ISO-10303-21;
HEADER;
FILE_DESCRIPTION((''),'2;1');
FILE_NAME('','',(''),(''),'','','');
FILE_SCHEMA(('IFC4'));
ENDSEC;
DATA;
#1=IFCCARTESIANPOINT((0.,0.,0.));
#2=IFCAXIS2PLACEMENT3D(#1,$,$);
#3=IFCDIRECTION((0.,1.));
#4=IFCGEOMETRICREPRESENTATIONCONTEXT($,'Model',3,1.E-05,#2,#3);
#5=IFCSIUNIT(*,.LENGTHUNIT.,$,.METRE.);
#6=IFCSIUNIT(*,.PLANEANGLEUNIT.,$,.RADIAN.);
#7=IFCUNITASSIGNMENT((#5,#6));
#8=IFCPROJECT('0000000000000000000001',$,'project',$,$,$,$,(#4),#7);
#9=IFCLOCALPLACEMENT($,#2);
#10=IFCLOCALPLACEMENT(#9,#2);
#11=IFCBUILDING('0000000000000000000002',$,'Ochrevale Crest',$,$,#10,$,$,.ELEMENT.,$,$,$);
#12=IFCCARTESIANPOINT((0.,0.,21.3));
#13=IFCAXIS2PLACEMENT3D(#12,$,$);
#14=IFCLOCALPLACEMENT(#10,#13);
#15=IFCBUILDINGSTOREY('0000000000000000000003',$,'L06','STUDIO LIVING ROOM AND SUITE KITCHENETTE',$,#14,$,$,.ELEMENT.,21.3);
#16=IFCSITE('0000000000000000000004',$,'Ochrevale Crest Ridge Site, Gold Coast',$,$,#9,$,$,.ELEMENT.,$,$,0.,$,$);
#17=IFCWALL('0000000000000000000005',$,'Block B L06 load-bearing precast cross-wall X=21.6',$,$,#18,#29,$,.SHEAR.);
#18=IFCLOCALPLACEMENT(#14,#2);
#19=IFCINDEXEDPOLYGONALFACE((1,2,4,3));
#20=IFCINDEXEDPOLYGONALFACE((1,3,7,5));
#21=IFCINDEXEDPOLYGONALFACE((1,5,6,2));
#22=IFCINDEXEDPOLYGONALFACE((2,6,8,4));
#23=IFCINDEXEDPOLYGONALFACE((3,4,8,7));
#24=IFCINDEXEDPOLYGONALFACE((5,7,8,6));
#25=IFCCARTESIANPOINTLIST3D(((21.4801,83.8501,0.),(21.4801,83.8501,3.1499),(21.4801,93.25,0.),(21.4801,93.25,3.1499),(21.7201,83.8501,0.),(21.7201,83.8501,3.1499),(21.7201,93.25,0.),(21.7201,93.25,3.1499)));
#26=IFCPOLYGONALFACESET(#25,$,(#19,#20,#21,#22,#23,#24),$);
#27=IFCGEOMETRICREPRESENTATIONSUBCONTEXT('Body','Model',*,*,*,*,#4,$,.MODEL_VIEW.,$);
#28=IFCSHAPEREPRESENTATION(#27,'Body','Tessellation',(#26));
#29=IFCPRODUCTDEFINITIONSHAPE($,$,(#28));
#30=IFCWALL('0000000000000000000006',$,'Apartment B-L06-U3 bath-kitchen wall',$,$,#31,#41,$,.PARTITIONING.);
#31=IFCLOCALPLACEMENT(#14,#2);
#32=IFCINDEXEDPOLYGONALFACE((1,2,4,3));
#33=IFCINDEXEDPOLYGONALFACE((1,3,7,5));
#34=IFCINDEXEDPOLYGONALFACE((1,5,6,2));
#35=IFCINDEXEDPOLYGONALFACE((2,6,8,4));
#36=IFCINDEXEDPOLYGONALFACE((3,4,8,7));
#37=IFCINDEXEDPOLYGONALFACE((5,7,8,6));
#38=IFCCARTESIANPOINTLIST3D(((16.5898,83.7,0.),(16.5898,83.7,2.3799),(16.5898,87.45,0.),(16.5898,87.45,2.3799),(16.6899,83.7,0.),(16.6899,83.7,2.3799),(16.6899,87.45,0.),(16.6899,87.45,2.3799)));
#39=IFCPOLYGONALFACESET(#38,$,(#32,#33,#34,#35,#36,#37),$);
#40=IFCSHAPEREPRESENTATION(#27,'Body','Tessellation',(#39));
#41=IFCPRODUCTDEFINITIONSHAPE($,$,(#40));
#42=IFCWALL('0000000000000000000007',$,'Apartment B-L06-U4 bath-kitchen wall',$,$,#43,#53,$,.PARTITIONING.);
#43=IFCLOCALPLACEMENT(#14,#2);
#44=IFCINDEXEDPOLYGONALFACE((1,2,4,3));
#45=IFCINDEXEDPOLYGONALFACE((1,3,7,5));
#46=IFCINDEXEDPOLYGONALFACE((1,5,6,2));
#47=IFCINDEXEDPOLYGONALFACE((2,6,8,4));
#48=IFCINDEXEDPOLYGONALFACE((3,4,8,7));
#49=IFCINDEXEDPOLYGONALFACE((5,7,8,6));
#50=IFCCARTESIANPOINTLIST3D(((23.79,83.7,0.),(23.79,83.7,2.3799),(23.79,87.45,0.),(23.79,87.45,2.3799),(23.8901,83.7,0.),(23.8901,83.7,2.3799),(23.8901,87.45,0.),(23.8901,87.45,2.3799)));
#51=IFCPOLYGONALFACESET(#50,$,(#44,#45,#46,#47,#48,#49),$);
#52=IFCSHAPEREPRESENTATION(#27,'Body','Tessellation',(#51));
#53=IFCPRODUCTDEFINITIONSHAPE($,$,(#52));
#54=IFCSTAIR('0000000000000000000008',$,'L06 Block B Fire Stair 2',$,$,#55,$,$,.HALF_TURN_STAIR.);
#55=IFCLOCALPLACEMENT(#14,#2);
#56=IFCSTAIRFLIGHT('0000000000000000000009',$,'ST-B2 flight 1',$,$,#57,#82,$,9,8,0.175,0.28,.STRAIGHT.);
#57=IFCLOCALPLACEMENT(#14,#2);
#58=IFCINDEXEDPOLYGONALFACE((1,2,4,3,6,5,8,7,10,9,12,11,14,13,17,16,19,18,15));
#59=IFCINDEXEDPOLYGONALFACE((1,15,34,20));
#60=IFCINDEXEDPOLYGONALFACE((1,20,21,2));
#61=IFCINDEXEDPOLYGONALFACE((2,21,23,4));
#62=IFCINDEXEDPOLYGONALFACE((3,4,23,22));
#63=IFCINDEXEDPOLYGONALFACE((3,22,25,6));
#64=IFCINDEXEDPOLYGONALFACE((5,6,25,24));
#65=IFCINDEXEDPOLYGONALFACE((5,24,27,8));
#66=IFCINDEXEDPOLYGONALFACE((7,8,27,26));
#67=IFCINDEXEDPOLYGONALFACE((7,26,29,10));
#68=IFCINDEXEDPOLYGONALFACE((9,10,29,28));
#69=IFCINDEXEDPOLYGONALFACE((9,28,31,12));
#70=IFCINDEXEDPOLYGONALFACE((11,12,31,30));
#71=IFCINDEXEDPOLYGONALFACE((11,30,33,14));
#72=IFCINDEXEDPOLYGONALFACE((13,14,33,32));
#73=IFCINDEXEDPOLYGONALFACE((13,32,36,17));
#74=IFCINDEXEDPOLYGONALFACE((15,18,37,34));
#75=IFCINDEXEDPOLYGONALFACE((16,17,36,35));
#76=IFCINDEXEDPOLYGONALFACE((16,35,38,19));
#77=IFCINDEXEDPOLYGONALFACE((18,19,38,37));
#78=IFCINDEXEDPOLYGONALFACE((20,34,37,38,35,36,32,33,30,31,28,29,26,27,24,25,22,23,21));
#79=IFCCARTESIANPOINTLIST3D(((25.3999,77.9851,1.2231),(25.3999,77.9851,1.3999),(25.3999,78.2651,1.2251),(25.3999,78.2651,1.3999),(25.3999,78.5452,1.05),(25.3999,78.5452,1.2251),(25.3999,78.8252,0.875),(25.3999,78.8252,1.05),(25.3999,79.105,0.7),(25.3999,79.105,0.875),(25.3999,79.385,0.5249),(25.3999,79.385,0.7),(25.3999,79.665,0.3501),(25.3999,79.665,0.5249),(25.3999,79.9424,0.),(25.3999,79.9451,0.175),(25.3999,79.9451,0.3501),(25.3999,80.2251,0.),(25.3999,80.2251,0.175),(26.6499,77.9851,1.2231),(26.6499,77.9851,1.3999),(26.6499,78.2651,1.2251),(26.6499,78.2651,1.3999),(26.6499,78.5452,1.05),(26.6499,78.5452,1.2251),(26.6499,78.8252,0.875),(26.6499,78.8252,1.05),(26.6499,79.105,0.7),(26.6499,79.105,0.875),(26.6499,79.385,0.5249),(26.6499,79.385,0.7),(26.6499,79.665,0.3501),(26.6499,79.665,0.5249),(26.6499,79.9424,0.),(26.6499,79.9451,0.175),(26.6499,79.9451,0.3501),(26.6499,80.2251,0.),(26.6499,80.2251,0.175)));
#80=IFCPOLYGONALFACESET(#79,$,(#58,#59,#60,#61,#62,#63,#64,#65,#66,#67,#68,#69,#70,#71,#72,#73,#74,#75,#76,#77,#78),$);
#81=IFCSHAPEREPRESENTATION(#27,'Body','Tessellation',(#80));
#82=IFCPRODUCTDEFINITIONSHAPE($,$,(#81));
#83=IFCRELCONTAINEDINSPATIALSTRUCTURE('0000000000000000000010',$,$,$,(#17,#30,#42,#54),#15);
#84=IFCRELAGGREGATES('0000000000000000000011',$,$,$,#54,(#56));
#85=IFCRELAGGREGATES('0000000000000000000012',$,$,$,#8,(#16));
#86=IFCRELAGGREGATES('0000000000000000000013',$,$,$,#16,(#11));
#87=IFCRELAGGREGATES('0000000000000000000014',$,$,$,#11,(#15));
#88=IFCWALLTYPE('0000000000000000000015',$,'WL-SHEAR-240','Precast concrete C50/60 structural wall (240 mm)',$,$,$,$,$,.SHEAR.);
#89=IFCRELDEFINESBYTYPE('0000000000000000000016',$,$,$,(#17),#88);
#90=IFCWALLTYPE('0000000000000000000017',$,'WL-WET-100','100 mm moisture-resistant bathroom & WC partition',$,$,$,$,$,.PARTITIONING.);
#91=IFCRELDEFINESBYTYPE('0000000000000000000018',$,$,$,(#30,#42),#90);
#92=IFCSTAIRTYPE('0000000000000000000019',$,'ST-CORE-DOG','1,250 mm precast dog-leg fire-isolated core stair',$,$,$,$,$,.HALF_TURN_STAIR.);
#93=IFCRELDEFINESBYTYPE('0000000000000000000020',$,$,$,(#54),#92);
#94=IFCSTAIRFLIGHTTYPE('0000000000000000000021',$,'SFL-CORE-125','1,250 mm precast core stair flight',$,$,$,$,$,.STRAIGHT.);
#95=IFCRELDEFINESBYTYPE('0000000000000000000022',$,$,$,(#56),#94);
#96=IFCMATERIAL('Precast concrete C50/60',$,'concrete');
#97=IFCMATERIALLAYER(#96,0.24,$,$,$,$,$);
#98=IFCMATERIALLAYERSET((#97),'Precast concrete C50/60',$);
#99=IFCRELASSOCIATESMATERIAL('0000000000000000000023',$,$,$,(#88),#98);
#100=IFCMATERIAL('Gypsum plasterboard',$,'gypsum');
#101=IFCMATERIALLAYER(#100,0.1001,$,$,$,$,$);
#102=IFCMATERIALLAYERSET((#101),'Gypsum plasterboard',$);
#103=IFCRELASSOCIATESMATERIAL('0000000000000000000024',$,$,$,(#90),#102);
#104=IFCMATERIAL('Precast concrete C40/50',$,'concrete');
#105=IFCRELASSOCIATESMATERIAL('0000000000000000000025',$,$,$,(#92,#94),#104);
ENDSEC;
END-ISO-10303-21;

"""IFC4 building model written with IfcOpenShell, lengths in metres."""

from ifc_helpers import new_model, si_unit, direction, frame, frame_2d, origin, place, context, subcontext, project, spatial, polyline, rectangle, outline, extrude, material, layer, layer_set, type_object, element, aggregate, save


model = new_model("IFC4")

# Units and contexts
model_context = context("Model", 3, precision=1e-05, world=origin(), true_north=direction((0.0, 1.0)))
body_context = subcontext(model_context, "Body", "Model", "MODEL_VIEW")
ifc_project = project(units=[si_unit("LENGTHUNIT", "METRE"), si_unit("PLANEANGLEUNIT", "RADIAN")], contexts=[model_context])

# Site, building, storey
site_placement = place(None, origin())
site = spatial("IfcSite", under=ifc_project, at=site_placement, Name="Ochrevale Crest Ridge Site, Gold Coast", CompositionType="ELEMENT", RefElevation=0.0)
building_placement = place(site_placement, origin())
building = spatial("IfcBuilding", under=site, at=building_placement, Name="Ochrevale Crest", CompositionType="ELEMENT")
storey_placement = place(building_placement, frame((0.0, 0.0, 21.3)))
storey = spatial("IfcBuildingStorey", under=building, at=storey_placement, Name="L06", Description="STUDIO LIVING ROOM AND SUITE KITCHENETTE", CompositionType="ELEMENT", Elevation=21.3)

# Shared definitions
ifc_material_1 = material(Name="Precast concrete C50/60", Category="concrete")

# Shared definitions
ifc_material_2 = material(Name="Gypsum plasterboard", Category="gypsum")

# Walls
ifc_layer_1 = layer(ifc_material_1, 0.24)
ifc_layer_set_1 = layer_set([ifc_layer_1], Name="Precast concrete C50/60")
wall_type_1 = type_object("IfcWallType", Name="WL-SHEAR-240", Description="Precast concrete C50/60 structural wall (240 mm)", PredefinedType="SHEAR", material=ifc_layer_set_1)
wall_1_placement = place(storey_placement, frame((21.6001, 83.8501, 0.0), z_axis=(0.0, 0.0, 1.0), x_axis=(0.0, 1.0, 0.0)))
element("IfcWall", 1, at=wall_1_placement, inside=storey, type_object=wall_type_1, Name="Block B L06 load-bearing precast cross-wall X=21.6", PredefinedType="SHEAR", context=body_context, shape_type="SweptSolid", body=[
    extrude(rectangle(XDim=9.3999, YDim=0.24, at=frame_2d((4.7, 0.0))), origin(), (0.0, 0.0, 1.0), 3.1499),
])
ifc_layer_2 = layer(ifc_material_2, 0.1001)
ifc_layer_set_2 = layer_set([ifc_layer_2], Name="Gypsum plasterboard")
wall_type_2 = type_object("IfcWallType", Name="WL-WET-100", Description="100 mm moisture-resistant bathroom & WC partition", PredefinedType="PARTITIONING", material=ifc_layer_set_2)
for number, where, z_axis, x_axis, name in (
    (2, (16.6399, 83.7, 0.0), (0.0, 0.0, 1.0), (0.0, 1.0, 0.0), "Apartment B-L06-U3 bath-kitchen wall"),
    (3, (23.8401, 83.7, 0.0), (0.0, 0.0, 1.0), (0.0, 1.0, 0.0), "Apartment B-L06-U4 bath-kitchen wall"),
):
    element("IfcWall", number, at=place(storey_placement, frame(where, z_axis=z_axis, x_axis=x_axis)), inside=storey, type_object=wall_type_2, Name=name, PredefinedType="PARTITIONING", context=body_context, shape_type="SweptSolid", body=[
        extrude(rectangle(XDim=3.75, YDim=0.1001, at=frame_2d((1.875, 0.0))), origin(), (0.0, 0.0, 1.0), 2.3799),
    ])

# Stair, stair flight
ifc_material_3 = material(Name="Precast concrete C40/50", Category="concrete")
stair_type = type_object("IfcStairType", Name="ST-CORE-DOG", Description="1,250 mm precast dog-leg fire-isolated core stair", PredefinedType="HALF_TURN_STAIR", material=ifc_material_3)
stair_placement = place(storey_placement, origin())
stair = element("IfcStair", 4, at=stair_placement, inside=storey, type_object=stair_type, Name="L06 Block B Fire Stair 2", PredefinedType="HALF_TURN_STAIR")
stair_flight_type = type_object("IfcStairFlightType", Name="SFL-CORE-125", Description="1,250 mm precast core stair flight", PredefinedType="STRAIGHT", material=ifc_material_3)
stair_flight_placement = place(storey_placement, frame((26.0249, 80.2251, 0.0), z_axis=(0.0, 0.0, 1.0), x_axis=(0.0, -1.0, 0.0)))
stair_flight = element("IfcStairFlight", 5, at=stair_flight_placement, type_object=stair_flight_type, Name="ST-B2 flight 1", NumberOfRisers=9, NumberOfTreads=8, PredefinedType="STRAIGHT", RiserHeight=0.175, TreadLength=0.28, context=body_context, shape_type="SweptSolid", body=[
    extrude(outline(polyline([(0.0, 0.0), (0.0, 0.175), (0.28, 0.175), (0.28, 0.3501), (0.5601, 0.3501), (0.5601, 0.5249), (0.8401, 0.5249), (0.8401, 0.7), (1.1201, 0.7), (1.1201, 0.875), (1.3999, 0.875), (1.3999, 1.05), (1.6799, 1.05), (1.6799, 1.2251), (1.96, 1.2251), (1.96, 1.3999), (2.24, 1.3999), (2.24, 1.575), (2.24, 1.2231), (0.2827, 0.0), (0.0, 0.0)])), frame((0.0, 0.625, 0.0), z_axis=(0.0, -1.0, 0.0), x_axis=(1.0, 0.0, 0.0)), (0.0, 0.0, 1.0), 1.25),
])
aggregate(stair, [stair_flight])

save(model, "model.ifc")
